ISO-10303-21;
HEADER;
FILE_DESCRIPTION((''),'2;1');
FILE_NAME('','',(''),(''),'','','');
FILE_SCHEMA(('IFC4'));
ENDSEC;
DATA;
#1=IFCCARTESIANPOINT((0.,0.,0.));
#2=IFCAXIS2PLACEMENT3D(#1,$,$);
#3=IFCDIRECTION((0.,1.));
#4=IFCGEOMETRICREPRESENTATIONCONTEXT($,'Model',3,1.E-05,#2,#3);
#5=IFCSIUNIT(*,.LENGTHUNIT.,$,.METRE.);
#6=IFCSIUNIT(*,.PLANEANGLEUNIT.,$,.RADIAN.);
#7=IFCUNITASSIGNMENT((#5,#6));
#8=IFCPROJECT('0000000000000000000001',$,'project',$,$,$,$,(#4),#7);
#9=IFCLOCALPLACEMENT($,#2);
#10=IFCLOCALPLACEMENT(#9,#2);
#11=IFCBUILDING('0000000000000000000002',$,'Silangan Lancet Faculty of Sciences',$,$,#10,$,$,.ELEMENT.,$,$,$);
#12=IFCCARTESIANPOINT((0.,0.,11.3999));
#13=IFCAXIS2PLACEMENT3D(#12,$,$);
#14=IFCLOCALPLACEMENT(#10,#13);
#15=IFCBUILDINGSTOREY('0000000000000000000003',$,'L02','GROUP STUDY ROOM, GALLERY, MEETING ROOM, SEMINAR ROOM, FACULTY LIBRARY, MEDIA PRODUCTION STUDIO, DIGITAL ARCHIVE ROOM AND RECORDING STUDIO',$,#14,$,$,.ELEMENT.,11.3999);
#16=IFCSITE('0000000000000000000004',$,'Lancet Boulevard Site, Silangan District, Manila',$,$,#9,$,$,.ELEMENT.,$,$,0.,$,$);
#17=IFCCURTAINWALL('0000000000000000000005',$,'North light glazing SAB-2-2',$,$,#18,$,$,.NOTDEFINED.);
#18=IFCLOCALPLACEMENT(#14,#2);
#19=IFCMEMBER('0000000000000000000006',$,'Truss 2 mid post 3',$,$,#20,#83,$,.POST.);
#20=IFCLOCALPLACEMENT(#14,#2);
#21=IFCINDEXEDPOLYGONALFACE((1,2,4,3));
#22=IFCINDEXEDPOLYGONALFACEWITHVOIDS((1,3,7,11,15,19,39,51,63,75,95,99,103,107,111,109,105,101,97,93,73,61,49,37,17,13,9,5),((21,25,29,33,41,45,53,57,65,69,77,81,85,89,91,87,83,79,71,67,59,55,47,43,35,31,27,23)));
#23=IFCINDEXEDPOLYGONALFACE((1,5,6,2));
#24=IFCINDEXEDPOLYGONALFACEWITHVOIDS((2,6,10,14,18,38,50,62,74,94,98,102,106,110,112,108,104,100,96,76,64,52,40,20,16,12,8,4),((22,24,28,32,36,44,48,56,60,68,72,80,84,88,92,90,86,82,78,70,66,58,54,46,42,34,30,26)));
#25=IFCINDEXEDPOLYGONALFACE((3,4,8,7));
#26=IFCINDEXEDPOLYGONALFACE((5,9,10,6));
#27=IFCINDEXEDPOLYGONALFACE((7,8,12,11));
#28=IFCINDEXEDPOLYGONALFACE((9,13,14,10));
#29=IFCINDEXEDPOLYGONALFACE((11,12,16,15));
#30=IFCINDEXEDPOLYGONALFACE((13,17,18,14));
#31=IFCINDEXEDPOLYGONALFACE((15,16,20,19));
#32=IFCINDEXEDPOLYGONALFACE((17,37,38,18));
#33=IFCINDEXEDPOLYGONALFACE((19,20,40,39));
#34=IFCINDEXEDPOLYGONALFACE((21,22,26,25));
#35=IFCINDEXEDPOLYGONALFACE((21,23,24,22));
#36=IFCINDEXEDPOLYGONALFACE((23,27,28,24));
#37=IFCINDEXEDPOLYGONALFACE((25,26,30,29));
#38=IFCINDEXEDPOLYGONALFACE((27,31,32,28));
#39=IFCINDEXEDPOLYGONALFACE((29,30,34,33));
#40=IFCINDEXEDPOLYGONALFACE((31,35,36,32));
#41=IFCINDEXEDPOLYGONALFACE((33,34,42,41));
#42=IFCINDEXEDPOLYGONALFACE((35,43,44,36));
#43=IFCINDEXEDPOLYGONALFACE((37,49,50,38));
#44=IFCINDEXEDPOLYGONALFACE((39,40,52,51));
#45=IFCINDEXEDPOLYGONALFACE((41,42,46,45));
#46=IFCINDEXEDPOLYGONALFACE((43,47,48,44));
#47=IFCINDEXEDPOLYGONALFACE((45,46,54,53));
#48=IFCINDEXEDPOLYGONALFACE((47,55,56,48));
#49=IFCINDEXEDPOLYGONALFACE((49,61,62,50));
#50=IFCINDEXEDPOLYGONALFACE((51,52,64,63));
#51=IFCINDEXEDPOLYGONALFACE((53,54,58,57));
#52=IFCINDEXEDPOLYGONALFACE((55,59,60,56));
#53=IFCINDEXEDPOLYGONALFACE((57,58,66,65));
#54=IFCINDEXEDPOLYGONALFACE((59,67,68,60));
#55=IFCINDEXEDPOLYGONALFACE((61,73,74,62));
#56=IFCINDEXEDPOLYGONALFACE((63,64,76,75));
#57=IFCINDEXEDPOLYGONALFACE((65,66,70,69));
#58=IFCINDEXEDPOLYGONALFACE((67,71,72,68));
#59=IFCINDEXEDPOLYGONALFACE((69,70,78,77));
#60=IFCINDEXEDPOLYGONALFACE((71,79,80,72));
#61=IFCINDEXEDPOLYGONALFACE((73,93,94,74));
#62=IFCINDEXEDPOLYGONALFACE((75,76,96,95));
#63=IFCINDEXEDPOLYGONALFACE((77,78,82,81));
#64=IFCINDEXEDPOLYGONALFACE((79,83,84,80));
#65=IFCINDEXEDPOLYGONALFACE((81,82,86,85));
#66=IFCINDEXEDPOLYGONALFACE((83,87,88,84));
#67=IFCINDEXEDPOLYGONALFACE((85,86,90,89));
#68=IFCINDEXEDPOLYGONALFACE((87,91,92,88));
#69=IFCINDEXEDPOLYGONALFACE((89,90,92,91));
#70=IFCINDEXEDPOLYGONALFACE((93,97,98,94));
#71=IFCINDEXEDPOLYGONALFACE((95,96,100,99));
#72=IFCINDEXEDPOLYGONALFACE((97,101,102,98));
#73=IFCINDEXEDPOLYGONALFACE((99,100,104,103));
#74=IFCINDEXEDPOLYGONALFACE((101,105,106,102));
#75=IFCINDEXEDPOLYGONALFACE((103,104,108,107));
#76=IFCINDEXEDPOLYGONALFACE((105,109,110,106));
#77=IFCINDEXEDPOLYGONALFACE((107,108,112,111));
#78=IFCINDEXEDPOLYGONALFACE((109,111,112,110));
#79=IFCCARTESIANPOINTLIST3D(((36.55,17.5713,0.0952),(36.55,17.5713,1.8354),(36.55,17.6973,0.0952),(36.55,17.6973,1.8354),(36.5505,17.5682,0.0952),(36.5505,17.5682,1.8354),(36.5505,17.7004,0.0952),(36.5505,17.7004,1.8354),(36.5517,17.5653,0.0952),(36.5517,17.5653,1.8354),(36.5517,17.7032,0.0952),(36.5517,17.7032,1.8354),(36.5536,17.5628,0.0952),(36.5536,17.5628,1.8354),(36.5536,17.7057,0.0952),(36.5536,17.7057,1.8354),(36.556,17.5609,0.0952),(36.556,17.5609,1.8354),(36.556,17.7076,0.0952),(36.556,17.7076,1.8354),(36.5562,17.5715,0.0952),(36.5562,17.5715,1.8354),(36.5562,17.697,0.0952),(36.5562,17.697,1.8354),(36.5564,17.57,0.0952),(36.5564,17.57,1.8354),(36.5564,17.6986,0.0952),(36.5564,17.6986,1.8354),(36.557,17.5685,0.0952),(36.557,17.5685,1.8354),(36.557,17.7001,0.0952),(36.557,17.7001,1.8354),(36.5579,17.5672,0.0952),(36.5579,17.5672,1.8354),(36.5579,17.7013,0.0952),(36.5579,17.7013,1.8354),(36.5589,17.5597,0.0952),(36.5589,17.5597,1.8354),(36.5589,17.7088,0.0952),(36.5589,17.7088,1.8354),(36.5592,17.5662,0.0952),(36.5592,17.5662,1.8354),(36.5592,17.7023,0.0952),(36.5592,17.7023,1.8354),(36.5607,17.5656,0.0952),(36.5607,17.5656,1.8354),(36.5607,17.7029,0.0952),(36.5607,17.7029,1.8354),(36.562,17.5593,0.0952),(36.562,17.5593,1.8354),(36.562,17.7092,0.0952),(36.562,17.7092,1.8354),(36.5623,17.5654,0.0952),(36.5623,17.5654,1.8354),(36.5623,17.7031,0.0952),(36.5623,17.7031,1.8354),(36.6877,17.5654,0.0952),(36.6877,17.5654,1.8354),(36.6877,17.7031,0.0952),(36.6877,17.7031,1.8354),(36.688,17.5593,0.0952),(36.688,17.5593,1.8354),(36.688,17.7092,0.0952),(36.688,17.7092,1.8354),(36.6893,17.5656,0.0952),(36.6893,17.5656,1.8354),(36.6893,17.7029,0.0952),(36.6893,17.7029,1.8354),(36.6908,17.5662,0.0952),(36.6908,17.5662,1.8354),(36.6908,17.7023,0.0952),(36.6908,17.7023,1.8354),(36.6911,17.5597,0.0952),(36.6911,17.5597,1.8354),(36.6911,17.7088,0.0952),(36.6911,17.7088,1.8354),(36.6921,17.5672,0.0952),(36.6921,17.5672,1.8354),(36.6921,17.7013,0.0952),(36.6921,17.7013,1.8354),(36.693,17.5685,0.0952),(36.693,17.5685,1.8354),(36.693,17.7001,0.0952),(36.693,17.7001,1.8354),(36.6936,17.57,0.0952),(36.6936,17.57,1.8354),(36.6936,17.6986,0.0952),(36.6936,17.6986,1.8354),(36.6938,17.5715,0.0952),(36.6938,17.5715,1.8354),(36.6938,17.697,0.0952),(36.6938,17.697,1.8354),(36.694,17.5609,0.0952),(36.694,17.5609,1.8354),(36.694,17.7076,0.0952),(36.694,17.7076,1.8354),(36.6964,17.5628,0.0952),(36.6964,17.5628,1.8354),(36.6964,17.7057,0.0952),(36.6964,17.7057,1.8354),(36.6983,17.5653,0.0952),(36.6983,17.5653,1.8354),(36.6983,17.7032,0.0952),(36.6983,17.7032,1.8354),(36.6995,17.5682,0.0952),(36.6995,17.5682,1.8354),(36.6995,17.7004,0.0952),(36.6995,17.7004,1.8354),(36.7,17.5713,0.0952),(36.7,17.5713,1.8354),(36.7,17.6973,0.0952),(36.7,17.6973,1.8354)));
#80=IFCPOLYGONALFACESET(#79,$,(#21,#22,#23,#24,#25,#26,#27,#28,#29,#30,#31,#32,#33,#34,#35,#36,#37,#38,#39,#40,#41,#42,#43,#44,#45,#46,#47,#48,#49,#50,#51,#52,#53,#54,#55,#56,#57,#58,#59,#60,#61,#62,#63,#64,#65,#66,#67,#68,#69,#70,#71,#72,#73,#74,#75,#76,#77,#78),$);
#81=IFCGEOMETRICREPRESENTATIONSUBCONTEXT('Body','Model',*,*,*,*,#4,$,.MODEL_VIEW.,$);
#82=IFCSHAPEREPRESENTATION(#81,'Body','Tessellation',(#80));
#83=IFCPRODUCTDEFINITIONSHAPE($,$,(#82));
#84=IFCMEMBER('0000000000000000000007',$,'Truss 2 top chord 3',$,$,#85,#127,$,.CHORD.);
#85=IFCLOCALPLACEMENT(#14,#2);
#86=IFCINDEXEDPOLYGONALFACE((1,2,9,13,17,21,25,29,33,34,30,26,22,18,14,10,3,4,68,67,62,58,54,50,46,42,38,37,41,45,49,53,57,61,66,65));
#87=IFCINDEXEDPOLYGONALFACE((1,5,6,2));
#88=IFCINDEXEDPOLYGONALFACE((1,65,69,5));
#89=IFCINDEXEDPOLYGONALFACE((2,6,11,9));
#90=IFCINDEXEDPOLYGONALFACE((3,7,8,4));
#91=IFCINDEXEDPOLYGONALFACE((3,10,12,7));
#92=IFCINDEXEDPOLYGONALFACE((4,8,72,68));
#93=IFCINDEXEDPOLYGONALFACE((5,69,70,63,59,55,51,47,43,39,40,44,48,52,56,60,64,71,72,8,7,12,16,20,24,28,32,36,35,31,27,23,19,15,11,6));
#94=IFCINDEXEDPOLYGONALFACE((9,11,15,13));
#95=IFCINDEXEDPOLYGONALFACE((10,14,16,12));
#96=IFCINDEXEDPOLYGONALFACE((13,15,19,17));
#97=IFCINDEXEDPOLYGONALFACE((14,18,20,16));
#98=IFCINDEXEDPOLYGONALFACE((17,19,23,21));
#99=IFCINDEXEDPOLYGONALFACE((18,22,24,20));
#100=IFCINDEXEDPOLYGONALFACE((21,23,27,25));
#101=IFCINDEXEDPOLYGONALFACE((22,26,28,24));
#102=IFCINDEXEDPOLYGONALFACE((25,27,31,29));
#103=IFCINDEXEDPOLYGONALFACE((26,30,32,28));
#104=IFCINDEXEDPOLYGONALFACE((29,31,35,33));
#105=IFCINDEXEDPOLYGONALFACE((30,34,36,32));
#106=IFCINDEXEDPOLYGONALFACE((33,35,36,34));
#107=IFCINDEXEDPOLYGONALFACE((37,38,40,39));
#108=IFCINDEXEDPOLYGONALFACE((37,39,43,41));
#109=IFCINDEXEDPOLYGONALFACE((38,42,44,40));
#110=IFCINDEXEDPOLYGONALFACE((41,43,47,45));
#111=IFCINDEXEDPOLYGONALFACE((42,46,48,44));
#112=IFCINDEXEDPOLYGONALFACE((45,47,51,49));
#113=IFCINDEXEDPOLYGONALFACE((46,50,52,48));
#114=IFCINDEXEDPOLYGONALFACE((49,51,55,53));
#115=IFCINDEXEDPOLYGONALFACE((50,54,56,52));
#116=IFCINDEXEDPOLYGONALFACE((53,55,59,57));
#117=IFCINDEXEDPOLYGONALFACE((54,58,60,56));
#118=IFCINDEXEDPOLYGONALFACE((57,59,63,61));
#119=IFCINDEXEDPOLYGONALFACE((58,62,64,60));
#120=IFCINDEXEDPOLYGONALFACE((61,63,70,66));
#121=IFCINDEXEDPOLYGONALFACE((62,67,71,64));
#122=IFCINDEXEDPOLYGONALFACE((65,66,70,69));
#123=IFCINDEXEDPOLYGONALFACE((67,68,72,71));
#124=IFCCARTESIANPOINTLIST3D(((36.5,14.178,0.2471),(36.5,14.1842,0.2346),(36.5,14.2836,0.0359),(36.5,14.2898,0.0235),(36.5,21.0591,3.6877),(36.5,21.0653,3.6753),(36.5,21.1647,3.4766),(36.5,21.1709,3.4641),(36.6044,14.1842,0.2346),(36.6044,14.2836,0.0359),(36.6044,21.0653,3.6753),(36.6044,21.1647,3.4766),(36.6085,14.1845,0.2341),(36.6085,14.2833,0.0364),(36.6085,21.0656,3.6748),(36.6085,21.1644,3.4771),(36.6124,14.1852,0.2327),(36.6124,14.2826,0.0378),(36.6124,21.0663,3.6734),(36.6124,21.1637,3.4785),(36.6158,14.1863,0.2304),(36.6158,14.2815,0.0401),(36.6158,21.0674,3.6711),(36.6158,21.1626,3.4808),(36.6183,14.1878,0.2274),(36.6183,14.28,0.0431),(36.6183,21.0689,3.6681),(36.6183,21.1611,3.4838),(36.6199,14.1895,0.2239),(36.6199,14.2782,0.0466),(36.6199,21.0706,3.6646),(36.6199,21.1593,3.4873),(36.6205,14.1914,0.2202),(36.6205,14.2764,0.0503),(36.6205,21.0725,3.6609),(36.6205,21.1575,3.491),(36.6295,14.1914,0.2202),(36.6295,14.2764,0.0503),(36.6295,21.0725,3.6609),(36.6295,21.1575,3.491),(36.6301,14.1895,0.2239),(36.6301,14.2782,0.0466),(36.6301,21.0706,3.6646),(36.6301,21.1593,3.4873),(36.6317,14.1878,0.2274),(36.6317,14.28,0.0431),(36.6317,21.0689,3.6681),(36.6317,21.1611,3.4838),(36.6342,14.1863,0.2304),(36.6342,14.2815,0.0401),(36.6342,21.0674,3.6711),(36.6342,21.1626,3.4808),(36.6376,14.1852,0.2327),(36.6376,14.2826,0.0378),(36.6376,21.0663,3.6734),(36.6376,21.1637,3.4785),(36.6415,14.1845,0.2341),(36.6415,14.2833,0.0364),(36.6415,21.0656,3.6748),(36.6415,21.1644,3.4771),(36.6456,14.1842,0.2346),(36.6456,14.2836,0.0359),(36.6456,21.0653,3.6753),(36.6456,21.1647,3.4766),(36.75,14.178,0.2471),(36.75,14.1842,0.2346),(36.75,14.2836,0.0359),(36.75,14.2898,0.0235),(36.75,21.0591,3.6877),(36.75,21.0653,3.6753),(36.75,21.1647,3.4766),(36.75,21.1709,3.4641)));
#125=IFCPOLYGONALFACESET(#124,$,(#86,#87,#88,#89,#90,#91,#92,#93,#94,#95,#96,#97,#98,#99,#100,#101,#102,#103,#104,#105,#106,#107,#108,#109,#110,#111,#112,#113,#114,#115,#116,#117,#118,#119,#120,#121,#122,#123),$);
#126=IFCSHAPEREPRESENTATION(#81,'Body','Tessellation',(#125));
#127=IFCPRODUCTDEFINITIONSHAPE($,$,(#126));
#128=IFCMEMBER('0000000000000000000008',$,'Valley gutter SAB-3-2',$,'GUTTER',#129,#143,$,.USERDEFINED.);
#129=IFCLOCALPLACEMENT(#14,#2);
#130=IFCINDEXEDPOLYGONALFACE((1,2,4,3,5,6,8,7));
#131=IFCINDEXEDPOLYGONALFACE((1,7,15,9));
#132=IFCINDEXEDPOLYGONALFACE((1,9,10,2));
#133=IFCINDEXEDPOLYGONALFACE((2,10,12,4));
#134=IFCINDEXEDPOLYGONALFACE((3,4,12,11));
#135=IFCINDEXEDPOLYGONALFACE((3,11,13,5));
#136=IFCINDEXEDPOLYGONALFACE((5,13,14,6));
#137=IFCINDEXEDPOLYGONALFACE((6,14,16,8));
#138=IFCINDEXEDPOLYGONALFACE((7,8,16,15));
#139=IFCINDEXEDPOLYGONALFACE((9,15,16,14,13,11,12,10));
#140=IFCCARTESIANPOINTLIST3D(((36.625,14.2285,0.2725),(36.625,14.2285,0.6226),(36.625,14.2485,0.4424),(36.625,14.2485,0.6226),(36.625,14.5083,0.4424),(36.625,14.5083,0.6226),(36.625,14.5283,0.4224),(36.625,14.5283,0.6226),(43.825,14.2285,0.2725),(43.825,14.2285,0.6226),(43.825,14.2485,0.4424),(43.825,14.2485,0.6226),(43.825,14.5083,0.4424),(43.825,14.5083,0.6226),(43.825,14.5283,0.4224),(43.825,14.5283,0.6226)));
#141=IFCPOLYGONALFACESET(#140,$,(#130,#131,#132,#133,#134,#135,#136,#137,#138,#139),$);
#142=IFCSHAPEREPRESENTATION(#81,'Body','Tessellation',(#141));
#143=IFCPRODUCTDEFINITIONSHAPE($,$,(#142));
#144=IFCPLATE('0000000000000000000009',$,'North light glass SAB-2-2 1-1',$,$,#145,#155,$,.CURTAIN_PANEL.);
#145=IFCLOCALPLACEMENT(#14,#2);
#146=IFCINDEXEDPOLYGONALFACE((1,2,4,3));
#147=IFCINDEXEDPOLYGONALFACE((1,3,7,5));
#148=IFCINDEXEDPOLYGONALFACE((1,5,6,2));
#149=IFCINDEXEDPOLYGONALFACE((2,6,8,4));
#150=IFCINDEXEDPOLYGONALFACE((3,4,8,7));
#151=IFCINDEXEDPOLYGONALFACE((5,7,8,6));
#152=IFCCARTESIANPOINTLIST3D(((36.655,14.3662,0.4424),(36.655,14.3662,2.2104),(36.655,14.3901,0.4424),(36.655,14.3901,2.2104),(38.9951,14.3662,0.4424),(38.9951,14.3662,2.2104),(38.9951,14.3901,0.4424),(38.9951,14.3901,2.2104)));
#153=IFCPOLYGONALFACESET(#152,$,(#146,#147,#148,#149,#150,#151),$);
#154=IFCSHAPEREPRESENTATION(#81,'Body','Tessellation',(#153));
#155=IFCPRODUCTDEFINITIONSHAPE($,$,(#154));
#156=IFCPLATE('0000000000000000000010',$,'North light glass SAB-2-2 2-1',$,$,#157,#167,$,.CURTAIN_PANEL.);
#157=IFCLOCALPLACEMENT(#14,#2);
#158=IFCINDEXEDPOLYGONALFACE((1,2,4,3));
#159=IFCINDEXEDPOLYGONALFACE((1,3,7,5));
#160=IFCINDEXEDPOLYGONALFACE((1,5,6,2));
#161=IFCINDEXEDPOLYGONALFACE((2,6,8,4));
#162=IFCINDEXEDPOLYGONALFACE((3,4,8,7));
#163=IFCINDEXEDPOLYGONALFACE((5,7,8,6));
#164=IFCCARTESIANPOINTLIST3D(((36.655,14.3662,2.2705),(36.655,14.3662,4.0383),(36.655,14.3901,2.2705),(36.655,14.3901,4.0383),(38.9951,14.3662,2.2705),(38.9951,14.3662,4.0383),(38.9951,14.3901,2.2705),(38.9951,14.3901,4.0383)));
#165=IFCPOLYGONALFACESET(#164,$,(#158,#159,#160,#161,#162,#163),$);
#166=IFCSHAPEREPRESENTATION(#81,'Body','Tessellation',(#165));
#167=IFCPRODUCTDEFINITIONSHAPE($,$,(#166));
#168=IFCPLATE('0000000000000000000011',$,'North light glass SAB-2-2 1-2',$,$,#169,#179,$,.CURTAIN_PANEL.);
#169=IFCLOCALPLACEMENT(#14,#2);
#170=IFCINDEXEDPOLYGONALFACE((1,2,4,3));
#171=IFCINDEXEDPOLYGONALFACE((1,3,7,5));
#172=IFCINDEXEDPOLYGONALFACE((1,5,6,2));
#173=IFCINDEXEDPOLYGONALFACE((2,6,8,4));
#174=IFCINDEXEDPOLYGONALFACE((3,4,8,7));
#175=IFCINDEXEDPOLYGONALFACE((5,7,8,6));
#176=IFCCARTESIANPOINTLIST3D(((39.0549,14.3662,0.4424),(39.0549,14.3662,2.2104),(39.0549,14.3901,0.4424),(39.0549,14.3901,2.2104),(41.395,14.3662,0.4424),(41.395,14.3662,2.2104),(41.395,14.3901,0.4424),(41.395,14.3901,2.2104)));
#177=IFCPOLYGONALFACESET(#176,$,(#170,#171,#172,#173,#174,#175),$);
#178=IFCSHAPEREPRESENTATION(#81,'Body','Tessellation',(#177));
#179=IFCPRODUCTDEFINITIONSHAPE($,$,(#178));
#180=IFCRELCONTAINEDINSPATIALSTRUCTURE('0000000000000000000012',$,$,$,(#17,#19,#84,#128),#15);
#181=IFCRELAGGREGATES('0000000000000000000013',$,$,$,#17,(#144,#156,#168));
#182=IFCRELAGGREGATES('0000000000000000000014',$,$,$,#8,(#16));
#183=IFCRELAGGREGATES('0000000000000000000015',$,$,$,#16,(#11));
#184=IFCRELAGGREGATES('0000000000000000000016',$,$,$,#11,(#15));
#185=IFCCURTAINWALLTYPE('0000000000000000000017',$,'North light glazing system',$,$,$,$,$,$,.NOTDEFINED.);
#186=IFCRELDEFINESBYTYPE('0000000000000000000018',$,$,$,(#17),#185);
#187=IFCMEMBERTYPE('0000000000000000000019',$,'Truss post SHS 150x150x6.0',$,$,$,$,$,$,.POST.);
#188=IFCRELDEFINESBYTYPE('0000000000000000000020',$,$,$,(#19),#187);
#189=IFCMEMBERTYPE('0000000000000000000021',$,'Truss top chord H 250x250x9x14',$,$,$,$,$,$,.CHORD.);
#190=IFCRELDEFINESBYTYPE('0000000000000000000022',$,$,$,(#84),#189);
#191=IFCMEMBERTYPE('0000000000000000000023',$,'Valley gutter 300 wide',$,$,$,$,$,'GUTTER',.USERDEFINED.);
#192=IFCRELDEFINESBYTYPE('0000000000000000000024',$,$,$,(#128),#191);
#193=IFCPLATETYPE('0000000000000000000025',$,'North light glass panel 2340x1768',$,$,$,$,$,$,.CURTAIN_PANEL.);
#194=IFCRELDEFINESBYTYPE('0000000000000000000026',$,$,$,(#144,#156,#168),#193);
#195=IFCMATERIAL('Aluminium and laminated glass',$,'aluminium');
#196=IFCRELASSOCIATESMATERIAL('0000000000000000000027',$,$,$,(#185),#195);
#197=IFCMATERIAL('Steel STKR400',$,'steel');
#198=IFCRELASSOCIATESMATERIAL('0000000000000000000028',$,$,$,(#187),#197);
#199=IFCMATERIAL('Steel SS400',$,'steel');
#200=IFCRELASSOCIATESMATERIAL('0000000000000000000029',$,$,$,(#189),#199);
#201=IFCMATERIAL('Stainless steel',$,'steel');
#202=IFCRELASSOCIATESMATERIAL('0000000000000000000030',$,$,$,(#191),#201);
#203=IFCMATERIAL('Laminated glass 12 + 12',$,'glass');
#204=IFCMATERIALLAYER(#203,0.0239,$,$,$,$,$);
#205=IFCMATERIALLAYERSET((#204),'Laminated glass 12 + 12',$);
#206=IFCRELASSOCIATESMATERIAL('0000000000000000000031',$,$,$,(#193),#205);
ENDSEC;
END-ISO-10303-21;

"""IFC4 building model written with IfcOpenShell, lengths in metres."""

from ifc_helpers import new_model, si_unit, direction, frame, origin, origin_2d, place, context, subcontext, project, spatial, polyline, hollow_rectangle, i_section, outline, extrude, material, layer, layer_set, material_profile, profile_set, type_object, element, aggregate, save


model = new_model("IFC4")

# Units and contexts
model_context = context("Model", 3, precision=1e-05, world=origin(), true_north=direction((0.0, 1.0)))
body_context = subcontext(model_context, "Body", "Model", "MODEL_VIEW")
ifc_project = project(units=[si_unit("LENGTHUNIT", "METRE"), si_unit("PLANEANGLEUNIT", "RADIAN")], contexts=[model_context])

# Site, building, storey
site_placement = place(None, origin())
site = spatial("IfcSite", under=ifc_project, at=site_placement, Name="Lancet Boulevard Site, Silangan District, Manila", CompositionType="ELEMENT", RefElevation=0.0)
building_placement = place(site_placement, origin())
building = spatial("IfcBuilding", under=site, at=building_placement, Name="Silangan Lancet Faculty of Sciences", CompositionType="ELEMENT")
storey_placement = place(building_placement, frame((0.0, 0.0, 11.3999)))
storey = spatial("IfcBuildingStorey", under=building, at=storey_placement, Name="L02", Description="GROUP STUDY ROOM, GALLERY, MEETING ROOM, SEMINAR ROOM, FACULTY LIBRARY, MEDIA PRODUCTION STUDIO, DIGITAL ARCHIVE ROOM AND RECORDING STUDIO", CompositionType="ELEMENT", Elevation=11.3999)

# Curtain wall
ifc_material_1 = material(Name="Aluminium and laminated glass", Category="aluminium")
curtain_wall_type = type_object("IfcCurtainWallType", Name="North light glazing system", PredefinedType="NOTDEFINED", material=ifc_material_1)
curtain_wall_1_placement = place(storey_placement, origin())
curtain_wall_1 = element("IfcCurtainWall", 1, at=curtain_wall_1_placement, inside=storey, type_object=curtain_wall_type, Name="North light glazing SAB-2-2", PredefinedType="NOTDEFINED")

# Members
ifc_material_2 = material(Name="Steel STKR400", Category="steel")
ifc_material_profile_1 = material_profile(ifc_material_2, hollow_rectangle(XDim=0.1499, YDim=0.1499, WallThickness=0.0061, InnerFilletRadius=0.0061, OuterFilletRadius=0.012, at=origin_2d()), Name="SHS 150x150x6.0")
ifc_profile_set_1 = profile_set([ifc_material_profile_1], Name="Steel STKR400")
member_type_1 = type_object("IfcMemberType", Name="Truss post SHS 150x150x6.0", PredefinedType="POST", material=ifc_profile_set_1)
member_1_placement = place(storey_placement, frame((36.625, 17.6343, 0.0952), z_axis=(0.0, 0.0, 1.0), x_axis=(1.0, 0.0, 0.0)))
element("IfcMember", 2, at=member_1_placement, inside=storey, type_object=member_type_1, Name="Truss 2 mid post 3", PredefinedType="POST", context=body_context, shape_type="SweptSolid", body=[
    extrude(hollow_rectangle(XDim=0.1499, YDim=0.1499, WallThickness=0.0061, InnerFilletRadius=0.0061, OuterFilletRadius=0.012, at=origin_2d()), origin(), (0.0, 0.0, 1.0), 1.7402),
])
ifc_material_3 = material(Name="Steel SS400", Category="steel")
ifc_material_profile_2 = material_profile(ifc_material_3, i_section(OverallWidth=0.25, OverallDepth=0.25, WebThickness=0.009, FlangeThickness=0.0139, FilletRadius=0.0161, at=origin_2d()), Name="H 250x250x9x14")
ifc_profile_set_2 = profile_set([ifc_material_profile_2], Name="Steel SS400")
member_type_2 = type_object("IfcMemberType", Name="Truss top chord H 250x250x9x14", PredefinedType="CHORD", material=ifc_profile_set_2)
member_2_placement = place(storey_placement, frame((36.625, 14.2339, 0.1353), z_axis=(0.0, 0.894421, 0.447226), x_axis=(-1.0, 0.0, 0.0)))
element("IfcMember", 3, at=member_2_placement, inside=storey, type_object=member_type_2, Name="Truss 2 top chord 3", PredefinedType="CHORD", context=body_context, shape_type="SweptSolid", body=[
    extrude(i_section(OverallWidth=0.25, OverallDepth=0.25, WebThickness=0.009, FlangeThickness=0.0139, FilletRadius=0.0161, at=origin_2d()), origin(), (0.0, 0.0, 1.0), 7.6934),
])
ifc_material_4 = material(Name="Stainless steel", Category="steel")
ifc_material_profile_3 = material_profile(ifc_material_4, outline(polyline([(-0.1499, 0.0), (0.1499, 0.1499), (0.1499, 0.3501), (0.1299, 0.3501), (0.1299, 0.1699), (-0.1299, 0.1699), (-0.1299, 0.3501), (-0.1499, 0.3501), (-0.1499, 0.0)])), Name="valley gutter")
ifc_profile_set_3 = profile_set([ifc_material_profile_3], Name="Stainless steel")
member_type_3 = type_object("IfcMemberType", Name="Valley gutter 300 wide", ElementType="GUTTER", PredefinedType="USERDEFINED", material=ifc_profile_set_3)
member_3_placement = place(storey_placement, frame((36.625, 14.3784, 0.2725), z_axis=(1.0, 0.0, 0.0), x_axis=(0.0, 1.0, 0.0)))
element("IfcMember", 4, at=member_3_placement, inside=storey, type_object=member_type_3, Name="Valley gutter SAB-3-2", ObjectType="GUTTER", PredefinedType="USERDEFINED", context=body_context, shape_type="SweptSolid", body=[
    extrude(outline(polyline([(-0.1499, 0.0), (0.1499, 0.1499), (0.1499, 0.3501), (0.1299, 0.3501), (0.1299, 0.1699), (-0.1299, 0.1699), (-0.1299, 0.3501), (-0.1499, 0.3501), (-0.1499, 0.0)])), origin(), (0.0, 0.0, 1.0), 7.2),
])

# Plates
ifc_material_5 = material(Name="Laminated glass 12 + 12", Category="glass")
ifc_layer_1 = layer(ifc_material_5, 0.0239)
ifc_layer_set_1 = layer_set([ifc_layer_1], Name="Laminated glass 12 + 12")
plate_type_1 = type_object("IfcPlateType", Name="North light glass panel 2340x1768", PredefinedType="CURTAIN_PANEL", material=ifc_layer_set_1)
plate_1_placement = place(storey_placement, frame((36.655, 14.3662, 0.4424), z_axis=(0.0, -1.0, 0.0), x_axis=(1.0, 0.0, 0.0)))
plate_1 = element("IfcPlate", 5, at=plate_1_placement, type_object=plate_type_1, Name="North light glass SAB-2-2 1-1", PredefinedType="CURTAIN_PANEL", context=body_context, shape_type="SweptSolid", body=[
    extrude(outline(polyline([(0.0, 0.0), (2.3401, 0.0), (2.3401, 1.7681), (0.0, 1.7681), (0.0, 0.0)])), origin(), (0.0, 0.0, -1.0), 0.0239),
])
plate_2_placement = place(storey_placement, frame((36.655, 14.3662, 2.2705), z_axis=(0.0, -1.0, 0.0), x_axis=(1.0, 0.0, 0.0)))
plate_2 = element("IfcPlate", 6, at=plate_2_placement, type_object=plate_type_1, Name="North light glass SAB-2-2 2-1", PredefinedType="CURTAIN_PANEL", context=body_context, shape_type="SweptSolid", body=[
    extrude(outline(polyline([(0.0, 0.0), (2.3401, 0.0), (2.3401, 1.7678), (0.0, 1.7678), (0.0, 0.0)])), origin(), (0.0, 0.0, -1.0), 0.0239),
])
plate_3_placement = place(storey_placement, frame((39.0549, 14.3662, 0.4424), z_axis=(0.0, -1.0, 0.0), x_axis=(1.0, 0.0, 0.0)))
plate_3 = element("IfcPlate", 7, at=plate_3_placement, type_object=plate_type_1, Name="North light glass SAB-2-2 1-2", PredefinedType="CURTAIN_PANEL", context=body_context, shape_type="SweptSolid", body=[
    extrude(outline(polyline([(0.0, 0.0), (2.3401, 0.0), (2.3401, 1.7681), (0.0, 1.7681), (0.0, 0.0)])), origin(), (0.0, 0.0, -1.0), 0.0239),
])
aggregate(curtain_wall_1, [plate_1, plate_2, plate_3])

save(model, "model.ifc")
